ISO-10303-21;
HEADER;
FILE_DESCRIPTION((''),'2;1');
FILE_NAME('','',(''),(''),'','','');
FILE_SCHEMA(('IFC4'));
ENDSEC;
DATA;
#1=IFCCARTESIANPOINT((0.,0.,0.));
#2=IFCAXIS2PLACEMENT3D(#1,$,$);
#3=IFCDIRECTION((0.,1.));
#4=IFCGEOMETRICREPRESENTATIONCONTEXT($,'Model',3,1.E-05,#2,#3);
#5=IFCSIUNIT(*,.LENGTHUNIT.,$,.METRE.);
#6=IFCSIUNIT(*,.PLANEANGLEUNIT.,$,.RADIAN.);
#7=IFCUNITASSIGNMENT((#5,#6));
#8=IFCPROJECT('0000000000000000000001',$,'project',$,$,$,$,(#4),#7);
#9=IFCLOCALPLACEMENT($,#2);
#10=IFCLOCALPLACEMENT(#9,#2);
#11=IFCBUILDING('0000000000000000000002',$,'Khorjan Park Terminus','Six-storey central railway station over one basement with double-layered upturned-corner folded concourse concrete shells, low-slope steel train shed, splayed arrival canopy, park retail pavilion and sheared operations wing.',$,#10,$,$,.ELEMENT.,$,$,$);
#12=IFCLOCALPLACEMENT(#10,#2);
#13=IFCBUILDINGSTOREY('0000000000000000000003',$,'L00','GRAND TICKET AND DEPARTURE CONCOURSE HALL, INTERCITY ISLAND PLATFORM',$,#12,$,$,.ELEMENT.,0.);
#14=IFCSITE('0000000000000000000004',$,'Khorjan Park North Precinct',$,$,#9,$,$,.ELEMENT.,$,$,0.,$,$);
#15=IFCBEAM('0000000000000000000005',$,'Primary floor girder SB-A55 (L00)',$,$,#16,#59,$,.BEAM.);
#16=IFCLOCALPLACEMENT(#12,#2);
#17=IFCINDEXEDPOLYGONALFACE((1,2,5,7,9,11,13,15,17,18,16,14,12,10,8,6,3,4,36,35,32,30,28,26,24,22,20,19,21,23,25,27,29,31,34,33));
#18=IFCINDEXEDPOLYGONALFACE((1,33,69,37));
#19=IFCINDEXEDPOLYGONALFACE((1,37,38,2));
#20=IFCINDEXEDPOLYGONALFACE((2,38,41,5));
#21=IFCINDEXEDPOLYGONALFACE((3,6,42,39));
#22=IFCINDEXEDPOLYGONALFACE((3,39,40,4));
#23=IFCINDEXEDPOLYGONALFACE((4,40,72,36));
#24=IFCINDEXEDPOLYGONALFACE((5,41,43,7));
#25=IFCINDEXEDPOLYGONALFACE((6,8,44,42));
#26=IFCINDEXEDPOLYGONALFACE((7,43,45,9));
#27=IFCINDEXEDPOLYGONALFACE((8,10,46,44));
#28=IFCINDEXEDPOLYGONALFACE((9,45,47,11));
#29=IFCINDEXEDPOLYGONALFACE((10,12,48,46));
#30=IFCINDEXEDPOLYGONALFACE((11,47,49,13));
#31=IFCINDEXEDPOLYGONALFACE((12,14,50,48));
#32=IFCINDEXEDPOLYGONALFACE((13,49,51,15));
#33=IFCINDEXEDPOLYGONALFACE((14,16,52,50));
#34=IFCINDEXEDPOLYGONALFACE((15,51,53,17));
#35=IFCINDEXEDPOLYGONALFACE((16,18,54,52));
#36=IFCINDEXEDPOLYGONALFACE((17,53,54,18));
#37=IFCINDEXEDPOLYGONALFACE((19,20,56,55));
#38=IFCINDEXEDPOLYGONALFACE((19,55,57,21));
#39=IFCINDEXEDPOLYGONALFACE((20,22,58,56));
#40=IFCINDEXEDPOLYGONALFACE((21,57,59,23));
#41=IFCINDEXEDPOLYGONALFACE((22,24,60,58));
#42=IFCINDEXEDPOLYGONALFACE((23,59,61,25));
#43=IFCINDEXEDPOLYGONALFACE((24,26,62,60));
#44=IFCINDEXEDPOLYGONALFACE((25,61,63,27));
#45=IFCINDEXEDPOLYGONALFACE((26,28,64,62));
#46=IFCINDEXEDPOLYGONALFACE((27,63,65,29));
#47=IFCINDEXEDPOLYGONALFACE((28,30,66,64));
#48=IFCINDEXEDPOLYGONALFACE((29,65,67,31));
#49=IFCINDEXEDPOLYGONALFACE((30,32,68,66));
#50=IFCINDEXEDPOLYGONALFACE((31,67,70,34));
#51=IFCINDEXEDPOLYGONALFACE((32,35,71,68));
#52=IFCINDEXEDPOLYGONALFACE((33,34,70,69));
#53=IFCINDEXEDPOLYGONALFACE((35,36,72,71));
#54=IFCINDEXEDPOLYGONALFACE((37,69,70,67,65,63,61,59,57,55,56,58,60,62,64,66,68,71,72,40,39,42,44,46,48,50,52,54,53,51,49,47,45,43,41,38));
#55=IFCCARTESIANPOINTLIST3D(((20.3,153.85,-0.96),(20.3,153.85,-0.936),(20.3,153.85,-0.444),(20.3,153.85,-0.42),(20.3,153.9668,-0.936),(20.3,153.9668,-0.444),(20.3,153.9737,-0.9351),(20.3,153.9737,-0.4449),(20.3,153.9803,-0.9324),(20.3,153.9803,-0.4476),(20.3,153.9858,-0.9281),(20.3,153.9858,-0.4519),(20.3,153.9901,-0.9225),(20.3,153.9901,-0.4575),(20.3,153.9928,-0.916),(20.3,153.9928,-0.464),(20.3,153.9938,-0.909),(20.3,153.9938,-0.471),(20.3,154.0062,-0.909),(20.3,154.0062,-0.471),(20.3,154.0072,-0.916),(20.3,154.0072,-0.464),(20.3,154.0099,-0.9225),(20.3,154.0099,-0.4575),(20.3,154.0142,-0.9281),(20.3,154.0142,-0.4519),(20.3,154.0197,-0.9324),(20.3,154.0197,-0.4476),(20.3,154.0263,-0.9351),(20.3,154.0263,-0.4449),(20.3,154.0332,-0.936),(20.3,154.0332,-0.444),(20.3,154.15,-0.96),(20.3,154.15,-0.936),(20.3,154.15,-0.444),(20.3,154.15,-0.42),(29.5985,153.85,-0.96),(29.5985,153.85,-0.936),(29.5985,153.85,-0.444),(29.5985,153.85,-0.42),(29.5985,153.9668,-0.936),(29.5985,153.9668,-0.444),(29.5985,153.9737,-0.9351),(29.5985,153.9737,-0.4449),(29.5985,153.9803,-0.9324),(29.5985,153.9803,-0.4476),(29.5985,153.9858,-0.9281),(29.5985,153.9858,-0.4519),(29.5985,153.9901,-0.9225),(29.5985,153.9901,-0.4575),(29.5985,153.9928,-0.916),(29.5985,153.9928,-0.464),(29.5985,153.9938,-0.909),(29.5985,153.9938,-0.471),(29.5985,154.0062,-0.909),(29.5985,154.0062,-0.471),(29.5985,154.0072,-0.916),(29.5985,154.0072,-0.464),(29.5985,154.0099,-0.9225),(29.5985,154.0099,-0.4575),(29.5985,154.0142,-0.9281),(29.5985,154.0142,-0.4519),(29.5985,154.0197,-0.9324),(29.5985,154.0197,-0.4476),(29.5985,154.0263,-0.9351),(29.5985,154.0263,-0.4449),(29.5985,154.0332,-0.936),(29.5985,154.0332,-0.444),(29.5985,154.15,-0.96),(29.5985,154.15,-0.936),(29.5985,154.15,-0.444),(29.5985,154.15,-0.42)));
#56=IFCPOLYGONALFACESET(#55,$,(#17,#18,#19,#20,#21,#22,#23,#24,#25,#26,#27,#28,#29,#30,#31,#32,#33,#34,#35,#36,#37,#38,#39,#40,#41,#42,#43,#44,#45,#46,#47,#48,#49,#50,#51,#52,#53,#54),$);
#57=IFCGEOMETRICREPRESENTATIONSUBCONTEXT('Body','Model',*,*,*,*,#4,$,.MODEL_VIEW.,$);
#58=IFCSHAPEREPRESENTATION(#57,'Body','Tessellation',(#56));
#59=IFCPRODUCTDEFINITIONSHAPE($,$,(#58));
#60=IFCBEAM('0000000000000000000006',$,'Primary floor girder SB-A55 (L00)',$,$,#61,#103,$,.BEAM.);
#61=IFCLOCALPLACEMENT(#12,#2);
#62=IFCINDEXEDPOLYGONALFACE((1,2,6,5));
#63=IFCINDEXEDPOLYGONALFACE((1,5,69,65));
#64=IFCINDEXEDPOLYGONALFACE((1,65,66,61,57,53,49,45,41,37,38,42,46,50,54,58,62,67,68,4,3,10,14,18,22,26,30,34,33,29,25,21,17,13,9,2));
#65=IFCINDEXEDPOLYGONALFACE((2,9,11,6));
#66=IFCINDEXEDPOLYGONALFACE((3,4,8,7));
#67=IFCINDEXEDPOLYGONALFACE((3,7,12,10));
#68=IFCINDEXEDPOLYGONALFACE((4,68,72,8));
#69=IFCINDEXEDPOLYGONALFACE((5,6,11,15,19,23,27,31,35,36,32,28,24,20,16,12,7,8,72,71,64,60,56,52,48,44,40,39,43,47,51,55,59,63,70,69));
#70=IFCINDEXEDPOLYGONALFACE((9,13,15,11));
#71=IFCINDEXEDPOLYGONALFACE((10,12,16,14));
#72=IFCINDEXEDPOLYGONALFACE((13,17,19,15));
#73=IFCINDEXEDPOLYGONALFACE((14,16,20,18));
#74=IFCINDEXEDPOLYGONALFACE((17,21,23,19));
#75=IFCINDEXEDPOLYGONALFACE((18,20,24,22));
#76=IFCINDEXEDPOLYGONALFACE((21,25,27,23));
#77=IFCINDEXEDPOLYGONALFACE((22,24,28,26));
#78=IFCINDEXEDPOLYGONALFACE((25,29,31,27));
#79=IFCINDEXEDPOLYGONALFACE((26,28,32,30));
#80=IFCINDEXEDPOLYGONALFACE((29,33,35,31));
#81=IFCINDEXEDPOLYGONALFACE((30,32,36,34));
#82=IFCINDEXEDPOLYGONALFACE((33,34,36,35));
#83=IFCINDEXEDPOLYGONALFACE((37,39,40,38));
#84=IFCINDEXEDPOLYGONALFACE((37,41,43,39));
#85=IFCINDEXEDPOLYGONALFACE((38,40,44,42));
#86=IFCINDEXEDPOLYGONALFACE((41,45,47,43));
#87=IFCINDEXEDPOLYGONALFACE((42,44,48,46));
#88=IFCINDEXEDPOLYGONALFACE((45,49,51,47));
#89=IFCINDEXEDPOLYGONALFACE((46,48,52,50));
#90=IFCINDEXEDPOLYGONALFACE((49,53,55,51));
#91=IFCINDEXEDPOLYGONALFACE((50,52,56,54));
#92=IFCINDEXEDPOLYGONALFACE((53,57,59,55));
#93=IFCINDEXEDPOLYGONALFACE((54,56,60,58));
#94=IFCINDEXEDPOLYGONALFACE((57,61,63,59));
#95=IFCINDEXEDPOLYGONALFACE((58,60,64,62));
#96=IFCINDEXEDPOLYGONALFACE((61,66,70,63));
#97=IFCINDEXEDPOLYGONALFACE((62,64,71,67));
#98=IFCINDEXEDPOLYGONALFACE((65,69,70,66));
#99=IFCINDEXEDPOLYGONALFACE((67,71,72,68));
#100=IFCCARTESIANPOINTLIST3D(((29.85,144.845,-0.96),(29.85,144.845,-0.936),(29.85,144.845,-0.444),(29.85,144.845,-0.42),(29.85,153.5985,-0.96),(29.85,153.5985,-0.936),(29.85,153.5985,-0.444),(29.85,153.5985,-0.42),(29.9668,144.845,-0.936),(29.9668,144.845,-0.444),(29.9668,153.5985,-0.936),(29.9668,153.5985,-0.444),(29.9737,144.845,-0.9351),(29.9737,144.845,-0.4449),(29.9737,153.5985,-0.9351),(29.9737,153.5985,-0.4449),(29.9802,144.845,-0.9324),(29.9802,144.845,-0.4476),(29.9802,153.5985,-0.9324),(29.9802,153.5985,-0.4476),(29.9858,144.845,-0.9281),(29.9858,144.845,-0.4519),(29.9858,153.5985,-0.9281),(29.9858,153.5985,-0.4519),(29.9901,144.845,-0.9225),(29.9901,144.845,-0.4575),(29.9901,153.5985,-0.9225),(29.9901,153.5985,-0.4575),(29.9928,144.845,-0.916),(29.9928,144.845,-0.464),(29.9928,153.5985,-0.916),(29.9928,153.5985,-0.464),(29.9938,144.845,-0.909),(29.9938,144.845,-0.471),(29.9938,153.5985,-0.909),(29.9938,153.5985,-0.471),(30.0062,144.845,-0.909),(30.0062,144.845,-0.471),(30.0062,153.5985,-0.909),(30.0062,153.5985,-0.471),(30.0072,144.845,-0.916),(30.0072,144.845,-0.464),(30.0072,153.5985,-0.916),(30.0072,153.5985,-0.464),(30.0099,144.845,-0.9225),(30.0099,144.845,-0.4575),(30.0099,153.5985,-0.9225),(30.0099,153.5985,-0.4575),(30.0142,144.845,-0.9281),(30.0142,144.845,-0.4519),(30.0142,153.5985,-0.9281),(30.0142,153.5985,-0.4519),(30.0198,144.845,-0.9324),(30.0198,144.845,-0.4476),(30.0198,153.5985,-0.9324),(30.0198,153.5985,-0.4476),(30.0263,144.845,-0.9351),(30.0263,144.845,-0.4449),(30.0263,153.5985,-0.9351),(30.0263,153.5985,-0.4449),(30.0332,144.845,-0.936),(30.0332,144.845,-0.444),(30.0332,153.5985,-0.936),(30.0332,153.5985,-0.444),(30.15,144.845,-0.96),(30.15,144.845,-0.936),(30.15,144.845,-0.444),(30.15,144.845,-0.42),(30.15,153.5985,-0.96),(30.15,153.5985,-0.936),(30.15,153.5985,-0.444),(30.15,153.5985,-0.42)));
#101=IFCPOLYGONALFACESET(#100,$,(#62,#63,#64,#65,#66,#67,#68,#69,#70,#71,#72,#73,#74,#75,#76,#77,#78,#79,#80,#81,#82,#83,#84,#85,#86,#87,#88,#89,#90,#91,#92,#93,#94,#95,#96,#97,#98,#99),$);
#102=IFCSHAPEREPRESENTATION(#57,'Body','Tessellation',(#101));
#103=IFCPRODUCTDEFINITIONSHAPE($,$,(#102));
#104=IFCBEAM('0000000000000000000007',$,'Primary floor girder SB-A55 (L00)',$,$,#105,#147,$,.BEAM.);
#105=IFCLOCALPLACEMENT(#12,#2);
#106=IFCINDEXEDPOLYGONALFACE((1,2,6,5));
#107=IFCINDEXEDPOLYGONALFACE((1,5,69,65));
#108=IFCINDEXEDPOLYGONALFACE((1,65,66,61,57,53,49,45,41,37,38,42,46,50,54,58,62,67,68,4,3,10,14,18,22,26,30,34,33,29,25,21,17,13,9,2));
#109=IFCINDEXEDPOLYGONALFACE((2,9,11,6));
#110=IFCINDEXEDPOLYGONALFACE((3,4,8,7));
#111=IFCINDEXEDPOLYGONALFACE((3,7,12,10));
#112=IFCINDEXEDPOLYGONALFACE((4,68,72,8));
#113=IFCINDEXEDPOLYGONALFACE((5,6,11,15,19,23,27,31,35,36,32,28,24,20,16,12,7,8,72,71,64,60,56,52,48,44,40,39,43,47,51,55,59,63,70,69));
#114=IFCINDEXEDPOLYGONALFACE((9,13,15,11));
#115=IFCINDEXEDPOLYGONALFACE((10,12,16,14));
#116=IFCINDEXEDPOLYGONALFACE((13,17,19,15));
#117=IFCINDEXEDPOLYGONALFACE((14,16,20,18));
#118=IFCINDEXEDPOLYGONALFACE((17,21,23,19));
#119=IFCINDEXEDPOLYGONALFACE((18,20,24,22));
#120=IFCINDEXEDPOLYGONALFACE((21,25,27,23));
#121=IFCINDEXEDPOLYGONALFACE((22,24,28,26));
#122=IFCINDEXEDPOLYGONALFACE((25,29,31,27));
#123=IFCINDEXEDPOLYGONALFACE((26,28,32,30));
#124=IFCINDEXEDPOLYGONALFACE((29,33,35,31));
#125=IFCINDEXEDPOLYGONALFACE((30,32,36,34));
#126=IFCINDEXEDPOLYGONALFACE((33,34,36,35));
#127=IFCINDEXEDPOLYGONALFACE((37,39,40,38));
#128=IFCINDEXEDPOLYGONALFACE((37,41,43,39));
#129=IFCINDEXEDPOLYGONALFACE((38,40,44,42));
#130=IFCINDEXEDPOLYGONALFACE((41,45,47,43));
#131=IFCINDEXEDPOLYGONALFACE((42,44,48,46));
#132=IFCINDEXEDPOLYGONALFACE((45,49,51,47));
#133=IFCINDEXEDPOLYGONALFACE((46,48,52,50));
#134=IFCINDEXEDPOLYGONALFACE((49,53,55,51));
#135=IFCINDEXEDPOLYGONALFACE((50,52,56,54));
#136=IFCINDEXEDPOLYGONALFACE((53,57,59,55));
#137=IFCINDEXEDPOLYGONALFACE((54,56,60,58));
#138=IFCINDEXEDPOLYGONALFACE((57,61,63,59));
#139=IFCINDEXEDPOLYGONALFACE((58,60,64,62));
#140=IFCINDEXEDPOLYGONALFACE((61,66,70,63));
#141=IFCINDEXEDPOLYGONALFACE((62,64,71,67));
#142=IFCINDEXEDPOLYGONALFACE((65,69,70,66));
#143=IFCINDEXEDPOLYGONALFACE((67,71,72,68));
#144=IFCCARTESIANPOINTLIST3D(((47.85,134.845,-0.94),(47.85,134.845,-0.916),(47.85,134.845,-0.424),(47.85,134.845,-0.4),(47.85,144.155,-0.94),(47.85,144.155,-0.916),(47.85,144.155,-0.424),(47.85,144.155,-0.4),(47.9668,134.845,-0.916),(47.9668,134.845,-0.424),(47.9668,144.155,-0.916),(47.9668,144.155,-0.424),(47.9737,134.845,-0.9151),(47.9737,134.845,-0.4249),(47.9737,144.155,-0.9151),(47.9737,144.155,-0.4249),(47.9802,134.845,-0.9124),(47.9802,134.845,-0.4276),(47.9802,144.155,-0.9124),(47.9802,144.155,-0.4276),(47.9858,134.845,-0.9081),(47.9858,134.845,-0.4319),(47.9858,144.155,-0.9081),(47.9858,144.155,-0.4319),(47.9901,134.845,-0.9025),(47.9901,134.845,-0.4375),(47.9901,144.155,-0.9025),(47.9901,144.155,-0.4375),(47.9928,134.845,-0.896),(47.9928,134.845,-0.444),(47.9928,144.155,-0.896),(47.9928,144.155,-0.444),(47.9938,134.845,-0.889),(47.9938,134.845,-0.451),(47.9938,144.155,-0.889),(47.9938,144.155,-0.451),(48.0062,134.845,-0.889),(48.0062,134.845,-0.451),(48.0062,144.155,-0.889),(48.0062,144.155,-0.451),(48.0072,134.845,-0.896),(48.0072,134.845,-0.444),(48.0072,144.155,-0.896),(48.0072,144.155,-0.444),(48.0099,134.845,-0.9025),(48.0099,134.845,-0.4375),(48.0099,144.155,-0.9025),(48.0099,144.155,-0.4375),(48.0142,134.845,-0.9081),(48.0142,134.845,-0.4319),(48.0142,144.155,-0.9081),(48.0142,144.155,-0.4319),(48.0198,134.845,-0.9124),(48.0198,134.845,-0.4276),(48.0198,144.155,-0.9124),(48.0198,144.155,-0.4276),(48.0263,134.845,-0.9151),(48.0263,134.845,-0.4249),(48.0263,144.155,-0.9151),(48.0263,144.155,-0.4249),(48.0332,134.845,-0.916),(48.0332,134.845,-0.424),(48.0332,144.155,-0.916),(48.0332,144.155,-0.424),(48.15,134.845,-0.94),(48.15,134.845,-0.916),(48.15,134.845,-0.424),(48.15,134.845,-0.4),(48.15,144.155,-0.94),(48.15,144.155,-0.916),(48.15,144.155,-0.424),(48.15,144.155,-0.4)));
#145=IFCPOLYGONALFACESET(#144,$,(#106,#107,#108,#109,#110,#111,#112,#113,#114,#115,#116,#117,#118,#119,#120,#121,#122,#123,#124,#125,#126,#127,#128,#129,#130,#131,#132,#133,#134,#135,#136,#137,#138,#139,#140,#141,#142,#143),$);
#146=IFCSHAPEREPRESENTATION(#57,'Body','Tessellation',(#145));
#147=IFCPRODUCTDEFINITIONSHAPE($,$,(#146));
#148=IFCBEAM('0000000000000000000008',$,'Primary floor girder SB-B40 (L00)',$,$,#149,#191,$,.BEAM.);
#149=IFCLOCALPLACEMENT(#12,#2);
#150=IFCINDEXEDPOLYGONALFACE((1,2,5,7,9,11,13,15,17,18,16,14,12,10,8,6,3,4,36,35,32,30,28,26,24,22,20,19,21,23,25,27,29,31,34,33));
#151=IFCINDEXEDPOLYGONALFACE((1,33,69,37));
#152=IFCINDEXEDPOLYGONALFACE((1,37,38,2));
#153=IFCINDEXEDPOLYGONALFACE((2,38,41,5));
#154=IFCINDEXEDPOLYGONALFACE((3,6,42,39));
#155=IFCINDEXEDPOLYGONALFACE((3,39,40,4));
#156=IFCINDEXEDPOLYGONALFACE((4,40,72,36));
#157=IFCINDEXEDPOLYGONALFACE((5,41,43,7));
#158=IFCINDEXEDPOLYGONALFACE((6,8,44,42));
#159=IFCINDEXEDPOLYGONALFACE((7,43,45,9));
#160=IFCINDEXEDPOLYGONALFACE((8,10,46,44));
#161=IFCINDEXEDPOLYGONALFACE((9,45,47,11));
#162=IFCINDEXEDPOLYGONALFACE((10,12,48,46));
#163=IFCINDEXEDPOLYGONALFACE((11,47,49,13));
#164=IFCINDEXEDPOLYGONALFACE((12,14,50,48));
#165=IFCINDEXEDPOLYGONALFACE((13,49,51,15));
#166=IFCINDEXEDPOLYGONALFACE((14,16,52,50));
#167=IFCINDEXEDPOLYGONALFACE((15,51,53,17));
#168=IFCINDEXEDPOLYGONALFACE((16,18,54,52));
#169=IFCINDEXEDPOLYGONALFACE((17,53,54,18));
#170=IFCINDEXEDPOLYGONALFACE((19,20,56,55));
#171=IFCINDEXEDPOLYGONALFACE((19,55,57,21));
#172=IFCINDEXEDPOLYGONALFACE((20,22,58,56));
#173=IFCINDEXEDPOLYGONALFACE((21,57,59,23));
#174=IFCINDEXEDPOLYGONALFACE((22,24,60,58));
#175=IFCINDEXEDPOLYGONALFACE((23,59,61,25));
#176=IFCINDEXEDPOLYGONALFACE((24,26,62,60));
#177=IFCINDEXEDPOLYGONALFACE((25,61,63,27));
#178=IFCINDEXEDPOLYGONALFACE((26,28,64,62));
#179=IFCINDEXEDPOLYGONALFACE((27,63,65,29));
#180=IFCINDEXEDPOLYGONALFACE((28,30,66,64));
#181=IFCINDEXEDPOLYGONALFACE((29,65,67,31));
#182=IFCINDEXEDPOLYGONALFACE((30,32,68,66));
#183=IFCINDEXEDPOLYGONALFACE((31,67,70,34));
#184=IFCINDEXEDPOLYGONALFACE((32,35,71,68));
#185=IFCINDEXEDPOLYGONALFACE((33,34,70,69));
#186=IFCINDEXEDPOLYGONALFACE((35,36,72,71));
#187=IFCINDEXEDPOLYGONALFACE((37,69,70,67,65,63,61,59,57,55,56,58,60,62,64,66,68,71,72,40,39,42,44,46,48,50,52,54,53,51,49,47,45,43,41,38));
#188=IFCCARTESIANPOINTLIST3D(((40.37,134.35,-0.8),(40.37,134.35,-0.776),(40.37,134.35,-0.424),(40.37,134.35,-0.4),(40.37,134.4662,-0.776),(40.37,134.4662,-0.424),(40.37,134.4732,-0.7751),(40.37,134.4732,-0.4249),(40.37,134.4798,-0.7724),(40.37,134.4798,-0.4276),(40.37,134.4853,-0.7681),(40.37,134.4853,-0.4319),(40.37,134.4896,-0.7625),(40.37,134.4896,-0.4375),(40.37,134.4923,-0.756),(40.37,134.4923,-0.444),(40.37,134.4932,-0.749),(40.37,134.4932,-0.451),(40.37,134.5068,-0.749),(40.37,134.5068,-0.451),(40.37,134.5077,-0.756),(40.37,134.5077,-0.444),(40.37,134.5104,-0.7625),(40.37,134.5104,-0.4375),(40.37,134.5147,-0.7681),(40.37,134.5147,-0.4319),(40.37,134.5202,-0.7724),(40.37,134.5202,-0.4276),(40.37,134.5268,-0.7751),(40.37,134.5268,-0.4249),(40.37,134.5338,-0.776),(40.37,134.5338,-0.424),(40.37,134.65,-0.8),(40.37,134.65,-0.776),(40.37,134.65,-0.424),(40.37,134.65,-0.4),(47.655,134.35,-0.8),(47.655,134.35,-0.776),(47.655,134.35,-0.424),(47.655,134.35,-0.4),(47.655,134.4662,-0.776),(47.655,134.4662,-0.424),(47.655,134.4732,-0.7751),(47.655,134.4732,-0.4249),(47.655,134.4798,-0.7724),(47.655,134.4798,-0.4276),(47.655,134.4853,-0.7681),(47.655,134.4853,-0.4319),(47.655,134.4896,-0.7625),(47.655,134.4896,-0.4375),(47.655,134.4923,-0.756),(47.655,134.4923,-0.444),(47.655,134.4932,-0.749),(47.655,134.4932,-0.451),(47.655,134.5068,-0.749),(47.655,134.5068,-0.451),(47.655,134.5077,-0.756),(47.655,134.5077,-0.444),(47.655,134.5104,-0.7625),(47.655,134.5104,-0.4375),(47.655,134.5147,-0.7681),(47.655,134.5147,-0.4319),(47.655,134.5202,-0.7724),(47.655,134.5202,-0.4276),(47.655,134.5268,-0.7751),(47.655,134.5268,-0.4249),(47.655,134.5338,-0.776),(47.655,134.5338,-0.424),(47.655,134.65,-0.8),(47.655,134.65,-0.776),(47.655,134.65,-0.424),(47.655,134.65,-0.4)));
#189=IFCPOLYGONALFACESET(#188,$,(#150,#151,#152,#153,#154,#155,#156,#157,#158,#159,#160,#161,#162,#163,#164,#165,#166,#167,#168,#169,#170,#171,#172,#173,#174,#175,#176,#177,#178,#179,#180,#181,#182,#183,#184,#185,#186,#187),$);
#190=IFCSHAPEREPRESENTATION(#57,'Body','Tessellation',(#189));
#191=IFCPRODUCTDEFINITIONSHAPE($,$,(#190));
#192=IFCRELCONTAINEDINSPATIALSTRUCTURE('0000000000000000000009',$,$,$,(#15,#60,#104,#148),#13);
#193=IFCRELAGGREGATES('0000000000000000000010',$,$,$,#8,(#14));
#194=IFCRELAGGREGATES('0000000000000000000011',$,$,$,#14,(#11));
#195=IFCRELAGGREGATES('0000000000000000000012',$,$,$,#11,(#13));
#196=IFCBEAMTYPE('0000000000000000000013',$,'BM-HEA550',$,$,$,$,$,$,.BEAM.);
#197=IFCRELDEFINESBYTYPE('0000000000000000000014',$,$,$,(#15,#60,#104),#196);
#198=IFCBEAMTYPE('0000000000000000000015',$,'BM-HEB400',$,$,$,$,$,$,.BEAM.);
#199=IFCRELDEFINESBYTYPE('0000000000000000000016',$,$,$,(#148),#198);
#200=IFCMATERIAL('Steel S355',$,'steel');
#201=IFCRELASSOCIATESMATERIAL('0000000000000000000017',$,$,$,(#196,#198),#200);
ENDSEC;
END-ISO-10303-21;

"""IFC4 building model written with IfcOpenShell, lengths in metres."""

from ifc_helpers import new_model, si_unit, direction, frame, origin, origin_2d, place, context, subcontext, project, spatial, i_section, extrude, material, material_profile, profile_set, type_object, element, save


model = new_model("IFC4")

# Units and contexts
model_context = context("Model", 3, precision=1e-05, world=origin(), true_north=direction((0.0, 1.0)))
body_context = subcontext(model_context, "Body", "Model", "MODEL_VIEW")
ifc_project = project(units=[si_unit("LENGTHUNIT", "METRE"), si_unit("PLANEANGLEUNIT", "RADIAN")], contexts=[model_context])

# Site, building, storey
site_placement = place(None, origin())
site = spatial("IfcSite", under=ifc_project, at=site_placement, Name="Khorjan Park North Precinct", CompositionType="ELEMENT", RefElevation=0.0)
building_placement = place(site_placement, origin())
building = spatial("IfcBuilding", under=site, at=building_placement, Name="Khorjan Park Terminus", Description="Six-storey central railway station over one basement with double-layered upturned-corner folded concourse concrete shells, low-slope steel train shed, splayed arrival canopy, park retail pavilion and sheared operations wing.", CompositionType="ELEMENT")
storey_placement = place(building_placement, origin())
storey = spatial("IfcBuildingStorey", under=building, at=storey_placement, Name="L00", Description="GRAND TICKET AND DEPARTURE CONCOURSE HALL, INTERCITY ISLAND PLATFORM", CompositionType="ELEMENT", Elevation=0.0)

# Shared definitions
ifc_material = material(Name="Steel S355", Category="steel")

# Beams
ifc_material_profile_1 = material_profile(ifc_material, i_section(OverallWidth=0.3, OverallDepth=0.54, WebThickness=0.0125, FlangeThickness=0.024, FilletRadius=0.027, at=origin_2d()), Name="HEA 550")
ifc_profile_set_1 = profile_set([ifc_material_profile_1], Name="Steel S355")
beam_type_1 = type_object("IfcBeamType", Name="BM-HEA550", PredefinedType="BEAM", material=ifc_profile_set_1)
beam_1_placement = place(storey_placement, frame((20.3, 154.0, -0.69), z_axis=(1.0, 0.0, 0.0), x_axis=(0.0, 1.0, 0.0)))
element("IfcBeam", 1, at=beam_1_placement, inside=storey, type_object=beam_type_1, Name="Primary floor girder SB-A55 (L00)", PredefinedType="BEAM", context=body_context, shape_type="SweptSolid", body=[
    extrude(i_section(OverallWidth=0.3, OverallDepth=0.54, WebThickness=0.0125, FlangeThickness=0.024, FilletRadius=0.027, at=origin_2d()), origin(), (0.0, 0.0, 1.0), 9.2985),
])
beam_2_placement = place(storey_placement, frame((30.0, 144.845, -0.69), z_axis=(0.0, 1.0, 0.0), x_axis=(-1.0, 0.0, 0.0)))
element("IfcBeam", 2, at=beam_2_placement, inside=storey, type_object=beam_type_1, Name="Primary floor girder SB-A55 (L00)", PredefinedType="BEAM", context=body_context, shape_type="SweptSolid", body=[
    extrude(i_section(OverallWidth=0.3, OverallDepth=0.54, WebThickness=0.0125, FlangeThickness=0.024, FilletRadius=0.027, at=origin_2d()), origin(), (0.0, 0.0, 1.0), 8.7535),
])
beam_3_placement = place(storey_placement, frame((48.0, 134.845, -0.67), z_axis=(0.0, 1.0, 0.0), x_axis=(-1.0, 0.0, 0.0)))
element("IfcBeam", 3, at=beam_3_placement, inside=storey, type_object=beam_type_1, Name="Primary floor girder SB-A55 (L00)", PredefinedType="BEAM", context=body_context, shape_type="SweptSolid", body=[
    extrude(i_section(OverallWidth=0.3, OverallDepth=0.54, WebThickness=0.0125, FlangeThickness=0.024, FilletRadius=0.027, at=origin_2d()), origin(), (0.0, 0.0, 1.0), 9.31),
])
ifc_material_profile_2 = material_profile(ifc_material, i_section(OverallWidth=0.3, OverallDepth=0.4, WebThickness=0.0135, FlangeThickness=0.024, FilletRadius=0.027, at=origin_2d()), Name="HEB 400")
ifc_profile_set_2 = profile_set([ifc_material_profile_2], Name="Steel S355")
beam_type_2 = type_object("IfcBeamType", Name="BM-HEB400", PredefinedType="BEAM", material=ifc_profile_set_2)
beam_4_placement = place(storey_placement, frame((40.37, 134.5, -0.6), z_axis=(1.0, 0.0, 0.0), x_axis=(0.0, 1.0, 0.0)))
element("IfcBeam", 4, at=beam_4_placement, inside=storey, type_object=beam_type_2, Name="Primary floor girder SB-B40 (L00)", PredefinedType="BEAM", context=body_context, shape_type="SweptSolid", body=[
    extrude(i_section(OverallWidth=0.3, OverallDepth=0.4, WebThickness=0.0135, FlangeThickness=0.024, FilletRadius=0.027, at=origin_2d()), origin(), (0.0, 0.0, 1.0), 7.285),
])

save(model, "model.ifc")
